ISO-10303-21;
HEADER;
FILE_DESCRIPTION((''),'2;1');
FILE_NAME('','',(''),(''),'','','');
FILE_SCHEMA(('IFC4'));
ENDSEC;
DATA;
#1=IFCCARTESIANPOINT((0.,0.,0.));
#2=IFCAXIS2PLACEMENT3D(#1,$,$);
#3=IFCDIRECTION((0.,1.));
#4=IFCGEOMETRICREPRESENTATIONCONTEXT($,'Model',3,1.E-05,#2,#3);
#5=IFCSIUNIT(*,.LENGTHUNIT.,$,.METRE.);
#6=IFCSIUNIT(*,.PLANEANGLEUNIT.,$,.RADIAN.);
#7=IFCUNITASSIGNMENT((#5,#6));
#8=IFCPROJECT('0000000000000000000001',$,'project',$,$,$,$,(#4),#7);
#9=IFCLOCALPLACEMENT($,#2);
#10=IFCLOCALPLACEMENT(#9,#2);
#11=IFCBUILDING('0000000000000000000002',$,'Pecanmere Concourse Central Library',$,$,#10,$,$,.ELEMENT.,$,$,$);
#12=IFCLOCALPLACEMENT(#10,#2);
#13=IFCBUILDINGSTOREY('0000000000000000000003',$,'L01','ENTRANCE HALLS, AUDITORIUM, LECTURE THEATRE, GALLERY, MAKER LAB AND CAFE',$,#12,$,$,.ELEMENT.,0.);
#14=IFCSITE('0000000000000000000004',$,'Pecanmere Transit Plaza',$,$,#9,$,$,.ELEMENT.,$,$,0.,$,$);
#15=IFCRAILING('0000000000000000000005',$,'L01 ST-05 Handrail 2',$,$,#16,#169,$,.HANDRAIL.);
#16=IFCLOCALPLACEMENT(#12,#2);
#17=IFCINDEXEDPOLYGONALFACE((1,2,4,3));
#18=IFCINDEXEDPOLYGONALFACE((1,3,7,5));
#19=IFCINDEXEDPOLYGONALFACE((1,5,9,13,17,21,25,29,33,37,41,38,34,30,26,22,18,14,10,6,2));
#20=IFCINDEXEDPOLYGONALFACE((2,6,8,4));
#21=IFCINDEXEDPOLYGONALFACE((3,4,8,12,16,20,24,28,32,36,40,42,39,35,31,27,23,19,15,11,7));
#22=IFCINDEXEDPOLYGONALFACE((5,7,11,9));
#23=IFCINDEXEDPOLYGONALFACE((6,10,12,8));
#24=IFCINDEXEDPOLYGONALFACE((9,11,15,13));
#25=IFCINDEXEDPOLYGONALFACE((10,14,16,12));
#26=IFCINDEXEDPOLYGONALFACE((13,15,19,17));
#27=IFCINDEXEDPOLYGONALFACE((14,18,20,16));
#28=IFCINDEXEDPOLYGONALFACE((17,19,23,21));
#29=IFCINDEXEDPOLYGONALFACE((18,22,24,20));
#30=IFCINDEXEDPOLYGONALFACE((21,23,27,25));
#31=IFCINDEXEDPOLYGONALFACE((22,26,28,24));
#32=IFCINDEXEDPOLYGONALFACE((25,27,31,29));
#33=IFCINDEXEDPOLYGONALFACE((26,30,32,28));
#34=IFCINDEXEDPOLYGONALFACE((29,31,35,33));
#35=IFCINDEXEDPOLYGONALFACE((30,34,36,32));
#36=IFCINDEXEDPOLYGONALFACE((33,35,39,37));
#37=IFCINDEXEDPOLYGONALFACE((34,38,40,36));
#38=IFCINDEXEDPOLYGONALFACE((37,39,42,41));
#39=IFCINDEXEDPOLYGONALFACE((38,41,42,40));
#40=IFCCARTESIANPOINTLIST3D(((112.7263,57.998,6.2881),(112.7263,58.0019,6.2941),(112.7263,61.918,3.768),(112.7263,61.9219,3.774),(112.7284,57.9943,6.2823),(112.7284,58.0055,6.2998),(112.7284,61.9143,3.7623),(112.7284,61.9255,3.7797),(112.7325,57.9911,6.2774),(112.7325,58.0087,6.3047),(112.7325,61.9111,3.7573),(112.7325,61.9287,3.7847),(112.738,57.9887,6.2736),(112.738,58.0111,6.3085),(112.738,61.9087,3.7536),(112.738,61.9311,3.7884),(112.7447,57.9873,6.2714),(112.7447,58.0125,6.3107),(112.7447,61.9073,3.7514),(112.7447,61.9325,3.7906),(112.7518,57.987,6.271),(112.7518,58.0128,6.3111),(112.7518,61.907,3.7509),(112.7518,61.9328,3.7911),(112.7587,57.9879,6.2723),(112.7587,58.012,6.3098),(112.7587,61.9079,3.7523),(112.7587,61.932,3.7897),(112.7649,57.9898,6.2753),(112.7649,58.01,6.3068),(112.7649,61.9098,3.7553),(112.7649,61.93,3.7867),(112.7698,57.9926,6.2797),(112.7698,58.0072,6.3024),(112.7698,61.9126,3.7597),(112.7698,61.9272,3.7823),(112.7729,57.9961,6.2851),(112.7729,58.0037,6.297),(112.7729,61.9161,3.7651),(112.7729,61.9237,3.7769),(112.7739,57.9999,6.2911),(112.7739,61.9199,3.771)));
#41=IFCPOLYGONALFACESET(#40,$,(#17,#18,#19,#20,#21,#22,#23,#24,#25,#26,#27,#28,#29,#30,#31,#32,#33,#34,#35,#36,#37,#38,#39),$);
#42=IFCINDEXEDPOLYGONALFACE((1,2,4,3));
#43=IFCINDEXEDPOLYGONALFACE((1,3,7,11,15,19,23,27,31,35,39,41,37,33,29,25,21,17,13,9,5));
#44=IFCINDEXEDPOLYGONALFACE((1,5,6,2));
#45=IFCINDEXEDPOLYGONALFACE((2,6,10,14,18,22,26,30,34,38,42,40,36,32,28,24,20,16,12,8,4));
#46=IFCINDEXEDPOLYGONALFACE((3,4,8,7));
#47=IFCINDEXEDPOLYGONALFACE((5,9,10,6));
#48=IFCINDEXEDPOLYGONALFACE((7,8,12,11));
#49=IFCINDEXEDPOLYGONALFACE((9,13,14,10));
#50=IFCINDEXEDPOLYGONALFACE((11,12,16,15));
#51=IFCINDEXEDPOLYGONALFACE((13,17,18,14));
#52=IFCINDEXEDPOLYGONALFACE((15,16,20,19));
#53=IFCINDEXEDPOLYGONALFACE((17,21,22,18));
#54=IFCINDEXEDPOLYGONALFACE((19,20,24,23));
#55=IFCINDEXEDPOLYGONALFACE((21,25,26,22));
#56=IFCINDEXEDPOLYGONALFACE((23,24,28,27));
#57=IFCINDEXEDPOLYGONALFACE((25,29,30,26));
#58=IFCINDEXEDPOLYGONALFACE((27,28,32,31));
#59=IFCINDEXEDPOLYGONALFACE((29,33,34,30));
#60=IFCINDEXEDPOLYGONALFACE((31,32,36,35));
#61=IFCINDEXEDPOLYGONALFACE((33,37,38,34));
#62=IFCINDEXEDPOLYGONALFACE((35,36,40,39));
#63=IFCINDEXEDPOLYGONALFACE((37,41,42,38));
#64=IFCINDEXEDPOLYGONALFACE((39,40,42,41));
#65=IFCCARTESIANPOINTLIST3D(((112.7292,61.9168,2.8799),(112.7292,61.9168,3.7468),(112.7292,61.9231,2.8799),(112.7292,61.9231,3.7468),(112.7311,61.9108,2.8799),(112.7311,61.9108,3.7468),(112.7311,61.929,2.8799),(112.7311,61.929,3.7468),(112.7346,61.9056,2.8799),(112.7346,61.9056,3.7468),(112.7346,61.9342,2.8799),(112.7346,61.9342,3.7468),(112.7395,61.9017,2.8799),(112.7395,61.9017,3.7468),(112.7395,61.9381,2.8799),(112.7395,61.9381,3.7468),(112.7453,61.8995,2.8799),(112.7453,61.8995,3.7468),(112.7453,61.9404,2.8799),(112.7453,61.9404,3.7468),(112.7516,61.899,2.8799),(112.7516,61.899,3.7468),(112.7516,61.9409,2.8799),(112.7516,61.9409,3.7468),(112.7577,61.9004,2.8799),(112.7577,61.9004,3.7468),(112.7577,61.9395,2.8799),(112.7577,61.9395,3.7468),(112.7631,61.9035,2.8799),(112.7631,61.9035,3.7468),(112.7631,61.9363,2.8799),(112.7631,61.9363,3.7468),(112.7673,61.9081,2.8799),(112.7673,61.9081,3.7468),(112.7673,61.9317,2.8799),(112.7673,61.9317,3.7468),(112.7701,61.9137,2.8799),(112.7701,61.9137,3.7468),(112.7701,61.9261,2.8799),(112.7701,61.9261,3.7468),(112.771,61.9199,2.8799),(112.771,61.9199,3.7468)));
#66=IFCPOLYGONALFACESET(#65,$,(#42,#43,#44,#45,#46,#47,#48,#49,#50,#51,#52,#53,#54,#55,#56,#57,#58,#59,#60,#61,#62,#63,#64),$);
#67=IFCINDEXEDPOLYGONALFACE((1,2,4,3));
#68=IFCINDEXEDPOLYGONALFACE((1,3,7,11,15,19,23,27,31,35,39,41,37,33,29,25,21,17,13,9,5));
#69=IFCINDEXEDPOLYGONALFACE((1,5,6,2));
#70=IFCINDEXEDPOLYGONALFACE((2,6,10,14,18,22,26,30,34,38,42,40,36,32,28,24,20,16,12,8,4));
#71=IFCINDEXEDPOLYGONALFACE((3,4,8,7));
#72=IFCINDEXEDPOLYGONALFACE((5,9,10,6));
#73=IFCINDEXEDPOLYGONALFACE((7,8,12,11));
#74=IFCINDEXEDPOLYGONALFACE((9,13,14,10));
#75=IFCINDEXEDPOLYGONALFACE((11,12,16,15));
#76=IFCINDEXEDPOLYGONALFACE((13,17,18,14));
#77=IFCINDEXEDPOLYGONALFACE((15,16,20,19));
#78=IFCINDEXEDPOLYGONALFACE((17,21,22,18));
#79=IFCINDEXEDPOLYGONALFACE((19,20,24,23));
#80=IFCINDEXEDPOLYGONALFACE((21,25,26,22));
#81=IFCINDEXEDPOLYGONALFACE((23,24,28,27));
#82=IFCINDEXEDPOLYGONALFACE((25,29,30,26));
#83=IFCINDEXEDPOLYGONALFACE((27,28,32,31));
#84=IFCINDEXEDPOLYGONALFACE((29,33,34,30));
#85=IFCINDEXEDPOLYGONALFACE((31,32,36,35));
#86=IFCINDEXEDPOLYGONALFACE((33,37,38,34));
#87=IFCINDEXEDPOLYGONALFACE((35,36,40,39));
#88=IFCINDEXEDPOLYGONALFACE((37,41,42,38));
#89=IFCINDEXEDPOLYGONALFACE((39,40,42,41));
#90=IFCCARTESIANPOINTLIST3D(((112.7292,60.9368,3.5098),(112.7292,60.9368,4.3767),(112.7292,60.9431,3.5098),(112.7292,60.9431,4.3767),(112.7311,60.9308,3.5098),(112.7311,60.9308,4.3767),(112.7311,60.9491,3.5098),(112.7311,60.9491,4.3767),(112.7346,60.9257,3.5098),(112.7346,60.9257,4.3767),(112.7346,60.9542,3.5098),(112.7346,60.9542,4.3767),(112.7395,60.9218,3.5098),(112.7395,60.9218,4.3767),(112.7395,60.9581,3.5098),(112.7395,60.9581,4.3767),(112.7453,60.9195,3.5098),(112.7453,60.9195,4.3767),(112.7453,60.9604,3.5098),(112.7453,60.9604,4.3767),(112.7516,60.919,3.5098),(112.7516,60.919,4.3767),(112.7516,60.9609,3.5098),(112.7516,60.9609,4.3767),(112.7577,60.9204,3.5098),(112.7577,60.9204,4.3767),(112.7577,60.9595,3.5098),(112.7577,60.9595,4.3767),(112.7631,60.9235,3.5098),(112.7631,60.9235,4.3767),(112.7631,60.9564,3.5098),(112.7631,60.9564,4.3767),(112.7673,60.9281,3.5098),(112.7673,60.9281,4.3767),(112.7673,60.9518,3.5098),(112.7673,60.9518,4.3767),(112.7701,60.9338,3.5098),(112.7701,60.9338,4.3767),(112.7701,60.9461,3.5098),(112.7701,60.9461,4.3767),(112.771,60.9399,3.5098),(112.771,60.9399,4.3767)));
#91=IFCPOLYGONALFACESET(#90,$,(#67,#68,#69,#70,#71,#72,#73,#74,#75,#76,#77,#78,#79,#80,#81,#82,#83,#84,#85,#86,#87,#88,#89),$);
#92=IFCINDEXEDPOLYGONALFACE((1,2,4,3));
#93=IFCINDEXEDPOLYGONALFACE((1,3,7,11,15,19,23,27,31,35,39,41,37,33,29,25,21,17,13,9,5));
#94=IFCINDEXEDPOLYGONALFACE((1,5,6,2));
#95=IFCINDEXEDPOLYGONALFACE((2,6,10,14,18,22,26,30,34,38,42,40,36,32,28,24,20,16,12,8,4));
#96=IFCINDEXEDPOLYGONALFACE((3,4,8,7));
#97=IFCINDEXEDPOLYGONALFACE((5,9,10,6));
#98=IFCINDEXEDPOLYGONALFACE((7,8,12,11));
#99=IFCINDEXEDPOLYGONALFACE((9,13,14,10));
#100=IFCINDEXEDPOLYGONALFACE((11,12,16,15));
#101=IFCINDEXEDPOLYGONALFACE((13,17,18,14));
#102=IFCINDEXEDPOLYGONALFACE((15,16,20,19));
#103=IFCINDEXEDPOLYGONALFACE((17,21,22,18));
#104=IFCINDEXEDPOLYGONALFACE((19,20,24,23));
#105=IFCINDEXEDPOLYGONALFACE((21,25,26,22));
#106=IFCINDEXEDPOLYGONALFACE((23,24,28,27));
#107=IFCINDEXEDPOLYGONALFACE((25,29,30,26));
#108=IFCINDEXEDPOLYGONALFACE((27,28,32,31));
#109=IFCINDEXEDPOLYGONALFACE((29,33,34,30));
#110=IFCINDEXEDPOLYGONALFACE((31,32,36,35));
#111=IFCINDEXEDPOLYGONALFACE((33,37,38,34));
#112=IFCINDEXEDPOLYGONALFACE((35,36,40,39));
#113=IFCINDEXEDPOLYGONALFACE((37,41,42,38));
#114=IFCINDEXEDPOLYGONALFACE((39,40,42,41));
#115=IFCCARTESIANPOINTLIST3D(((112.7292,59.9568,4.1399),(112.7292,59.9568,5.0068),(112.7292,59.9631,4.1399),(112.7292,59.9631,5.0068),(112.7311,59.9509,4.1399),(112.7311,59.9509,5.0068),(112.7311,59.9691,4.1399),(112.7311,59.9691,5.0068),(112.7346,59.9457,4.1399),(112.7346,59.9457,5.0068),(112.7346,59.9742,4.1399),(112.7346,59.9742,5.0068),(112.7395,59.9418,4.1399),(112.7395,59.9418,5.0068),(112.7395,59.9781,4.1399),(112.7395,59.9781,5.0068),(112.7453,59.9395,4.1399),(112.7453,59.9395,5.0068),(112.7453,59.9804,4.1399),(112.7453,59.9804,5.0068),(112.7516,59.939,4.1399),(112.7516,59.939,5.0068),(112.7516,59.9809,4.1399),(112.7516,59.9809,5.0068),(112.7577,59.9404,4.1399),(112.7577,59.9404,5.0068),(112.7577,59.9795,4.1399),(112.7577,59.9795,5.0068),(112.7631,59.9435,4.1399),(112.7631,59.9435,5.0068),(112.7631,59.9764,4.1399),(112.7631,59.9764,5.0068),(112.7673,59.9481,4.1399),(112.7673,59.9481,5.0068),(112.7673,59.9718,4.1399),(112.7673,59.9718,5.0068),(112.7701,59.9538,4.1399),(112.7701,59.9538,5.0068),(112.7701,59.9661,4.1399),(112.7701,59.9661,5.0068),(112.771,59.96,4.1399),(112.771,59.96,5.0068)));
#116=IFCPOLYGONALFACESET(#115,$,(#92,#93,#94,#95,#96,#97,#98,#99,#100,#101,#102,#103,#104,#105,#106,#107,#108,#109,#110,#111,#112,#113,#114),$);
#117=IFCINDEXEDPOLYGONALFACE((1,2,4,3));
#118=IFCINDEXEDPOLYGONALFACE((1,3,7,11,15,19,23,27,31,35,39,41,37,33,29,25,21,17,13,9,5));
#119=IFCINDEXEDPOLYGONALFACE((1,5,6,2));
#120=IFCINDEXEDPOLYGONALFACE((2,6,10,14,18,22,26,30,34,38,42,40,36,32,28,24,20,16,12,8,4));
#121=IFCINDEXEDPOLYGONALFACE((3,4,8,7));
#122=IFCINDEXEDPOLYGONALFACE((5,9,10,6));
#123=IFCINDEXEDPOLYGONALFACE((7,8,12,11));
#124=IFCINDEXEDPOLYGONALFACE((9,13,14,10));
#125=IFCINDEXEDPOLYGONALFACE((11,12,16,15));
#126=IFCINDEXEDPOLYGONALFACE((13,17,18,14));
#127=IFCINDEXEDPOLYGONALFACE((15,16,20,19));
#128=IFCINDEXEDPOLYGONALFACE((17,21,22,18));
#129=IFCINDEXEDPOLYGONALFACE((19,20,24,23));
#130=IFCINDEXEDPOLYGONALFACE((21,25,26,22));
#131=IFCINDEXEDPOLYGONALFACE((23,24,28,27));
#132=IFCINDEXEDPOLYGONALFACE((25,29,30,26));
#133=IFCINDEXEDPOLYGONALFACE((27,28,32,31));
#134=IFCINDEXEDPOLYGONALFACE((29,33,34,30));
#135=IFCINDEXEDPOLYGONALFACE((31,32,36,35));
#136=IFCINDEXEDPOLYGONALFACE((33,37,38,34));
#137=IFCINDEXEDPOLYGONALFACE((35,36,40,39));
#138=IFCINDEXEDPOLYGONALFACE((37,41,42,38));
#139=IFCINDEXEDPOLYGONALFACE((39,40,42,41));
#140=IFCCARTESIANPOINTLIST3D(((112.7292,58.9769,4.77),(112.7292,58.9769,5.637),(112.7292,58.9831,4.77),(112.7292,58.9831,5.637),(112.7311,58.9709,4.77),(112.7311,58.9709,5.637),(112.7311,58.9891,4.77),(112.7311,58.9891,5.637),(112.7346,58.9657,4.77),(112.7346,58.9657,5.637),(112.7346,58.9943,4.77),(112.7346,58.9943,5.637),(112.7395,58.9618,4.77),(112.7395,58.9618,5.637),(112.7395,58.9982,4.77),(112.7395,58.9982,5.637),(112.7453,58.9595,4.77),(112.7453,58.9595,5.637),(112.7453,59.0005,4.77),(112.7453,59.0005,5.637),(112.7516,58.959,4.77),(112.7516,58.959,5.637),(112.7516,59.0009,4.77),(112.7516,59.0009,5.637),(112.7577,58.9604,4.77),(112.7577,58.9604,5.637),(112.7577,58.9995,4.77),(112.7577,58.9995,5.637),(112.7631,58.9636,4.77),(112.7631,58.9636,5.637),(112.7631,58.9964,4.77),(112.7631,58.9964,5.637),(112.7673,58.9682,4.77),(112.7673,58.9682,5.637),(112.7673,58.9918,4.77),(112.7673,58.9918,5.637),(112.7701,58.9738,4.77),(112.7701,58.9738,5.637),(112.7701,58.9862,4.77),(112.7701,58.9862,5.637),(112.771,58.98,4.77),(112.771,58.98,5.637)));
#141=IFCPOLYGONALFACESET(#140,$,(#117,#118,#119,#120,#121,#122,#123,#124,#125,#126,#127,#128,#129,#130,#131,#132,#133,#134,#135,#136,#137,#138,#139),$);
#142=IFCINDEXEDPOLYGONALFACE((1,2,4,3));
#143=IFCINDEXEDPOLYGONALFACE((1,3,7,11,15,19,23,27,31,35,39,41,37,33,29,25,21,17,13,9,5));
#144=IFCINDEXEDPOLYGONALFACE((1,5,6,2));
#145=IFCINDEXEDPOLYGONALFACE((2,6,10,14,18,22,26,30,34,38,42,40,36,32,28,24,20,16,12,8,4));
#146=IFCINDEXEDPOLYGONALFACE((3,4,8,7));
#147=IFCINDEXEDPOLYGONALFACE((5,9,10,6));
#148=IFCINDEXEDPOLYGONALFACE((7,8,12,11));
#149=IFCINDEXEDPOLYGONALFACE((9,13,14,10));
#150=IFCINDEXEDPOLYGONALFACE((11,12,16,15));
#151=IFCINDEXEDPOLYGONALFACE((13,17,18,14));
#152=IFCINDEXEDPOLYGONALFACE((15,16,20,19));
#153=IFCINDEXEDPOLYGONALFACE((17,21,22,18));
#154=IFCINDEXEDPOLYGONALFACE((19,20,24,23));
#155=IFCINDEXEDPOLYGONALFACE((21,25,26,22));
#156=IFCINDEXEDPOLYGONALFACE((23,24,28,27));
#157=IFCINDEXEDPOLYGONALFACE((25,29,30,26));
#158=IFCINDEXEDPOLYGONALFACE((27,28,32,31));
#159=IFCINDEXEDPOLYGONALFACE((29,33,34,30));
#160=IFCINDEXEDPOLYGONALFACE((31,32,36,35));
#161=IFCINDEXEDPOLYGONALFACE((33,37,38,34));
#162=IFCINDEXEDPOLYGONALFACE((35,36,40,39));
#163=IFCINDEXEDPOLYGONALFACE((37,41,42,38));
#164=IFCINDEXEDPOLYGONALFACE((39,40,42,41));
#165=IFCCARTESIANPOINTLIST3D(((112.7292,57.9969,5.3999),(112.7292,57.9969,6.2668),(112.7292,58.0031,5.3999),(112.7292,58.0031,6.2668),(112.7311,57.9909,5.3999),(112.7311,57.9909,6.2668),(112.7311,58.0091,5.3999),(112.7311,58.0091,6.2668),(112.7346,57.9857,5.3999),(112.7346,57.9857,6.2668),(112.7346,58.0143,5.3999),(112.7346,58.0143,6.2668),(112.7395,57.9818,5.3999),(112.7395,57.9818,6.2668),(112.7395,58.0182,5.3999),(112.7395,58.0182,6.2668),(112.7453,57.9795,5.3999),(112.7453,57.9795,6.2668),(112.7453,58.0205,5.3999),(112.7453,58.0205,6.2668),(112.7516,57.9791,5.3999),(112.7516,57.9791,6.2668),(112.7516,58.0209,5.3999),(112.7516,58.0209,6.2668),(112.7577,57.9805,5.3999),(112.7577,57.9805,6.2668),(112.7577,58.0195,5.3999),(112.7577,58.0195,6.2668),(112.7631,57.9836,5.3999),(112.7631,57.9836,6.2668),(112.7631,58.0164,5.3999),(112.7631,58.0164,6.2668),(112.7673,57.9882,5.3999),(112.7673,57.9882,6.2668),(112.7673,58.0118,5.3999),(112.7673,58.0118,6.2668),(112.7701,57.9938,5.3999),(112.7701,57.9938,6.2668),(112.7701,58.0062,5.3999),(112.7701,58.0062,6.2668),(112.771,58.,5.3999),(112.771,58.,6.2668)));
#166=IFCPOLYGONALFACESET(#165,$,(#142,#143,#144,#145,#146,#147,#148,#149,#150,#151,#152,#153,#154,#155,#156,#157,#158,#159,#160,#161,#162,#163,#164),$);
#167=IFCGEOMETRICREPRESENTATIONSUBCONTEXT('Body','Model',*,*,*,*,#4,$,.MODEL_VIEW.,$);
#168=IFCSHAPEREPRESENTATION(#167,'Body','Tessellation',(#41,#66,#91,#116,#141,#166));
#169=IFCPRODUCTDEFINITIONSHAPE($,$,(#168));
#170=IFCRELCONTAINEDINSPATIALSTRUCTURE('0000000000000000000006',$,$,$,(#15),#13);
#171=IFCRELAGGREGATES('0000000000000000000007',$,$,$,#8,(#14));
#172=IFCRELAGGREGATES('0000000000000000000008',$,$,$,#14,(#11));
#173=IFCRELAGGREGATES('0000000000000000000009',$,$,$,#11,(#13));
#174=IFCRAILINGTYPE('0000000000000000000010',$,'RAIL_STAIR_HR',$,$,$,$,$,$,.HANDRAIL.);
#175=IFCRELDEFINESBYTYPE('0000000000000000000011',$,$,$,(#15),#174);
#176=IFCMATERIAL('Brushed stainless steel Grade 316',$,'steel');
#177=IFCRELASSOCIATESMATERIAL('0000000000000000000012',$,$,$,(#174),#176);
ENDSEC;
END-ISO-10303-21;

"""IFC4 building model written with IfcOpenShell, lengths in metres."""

from ifc_helpers import new_model, si_unit, direction, frame, origin, origin_2d, place, context, subcontext, project, spatial, circle, extrude, material, type_object, element, save


model = new_model("IFC4")

# Units and contexts
model_context = context("Model", 3, precision=1e-05, world=origin(), true_north=direction((0.0, 1.0)))
body_context = subcontext(model_context, "Body", "Model", "MODEL_VIEW")
ifc_project = project(units=[si_unit("LENGTHUNIT", "METRE"), si_unit("PLANEANGLEUNIT", "RADIAN")], contexts=[model_context])

# Site, building, storey
site_placement = place(None, origin())
site = spatial("IfcSite", under=ifc_project, at=site_placement, Name="Pecanmere Transit Plaza", CompositionType="ELEMENT", RefElevation=0.0)
building_placement = place(site_placement, origin())
building = spatial("IfcBuilding", under=site, at=building_placement, Name="Pecanmere Concourse Central Library", CompositionType="ELEMENT")
storey_placement = place(building_placement, origin())
storey = spatial("IfcBuildingStorey", under=building, at=storey_placement, Name="L01", Description="ENTRANCE HALLS, AUDITORIUM, LECTURE THEATRE, GALLERY, MAKER LAB AND CAFE", CompositionType="ELEMENT", Elevation=0.0)

# Railing
ifc_material_1 = material(Name="Brushed stainless steel Grade 316", Category="steel")
railing_type_1 = type_object("IfcRailingType", Name="RAIL_STAIR_HR", PredefinedType="HANDRAIL", material=ifc_material_1)
railing_1_placement = place(storey_placement, frame((112.75, 61.9199, 2.8799)))
element("IfcRailing", 1, at=railing_1_placement, inside=storey, type_object=railing_type_1, Name="L01 ST-05 Handrail 2", PredefinedType="HANDRAIL", context=body_context, shape_type="SweptSolid", body=[
    extrude(circle(Radius=0.0239, at=origin_2d()), frame((0.0, 0.0, 0.8911), z_axis=(0.0, -0.841172, 0.540768), x_axis=(1.0, 0.0, 0.0)), (0.0, 0.0, 1.0), 4.6602),
    extrude(circle(Radius=0.021, at=origin_2d()), origin(), (0.0, 0.0, 1.0), 0.8669),
    extrude(circle(Radius=0.021, at=origin_2d()), frame((0.0, -0.98, 0.6299)), (0.0, 0.0, 1.0), 0.8669),
    extrude(circle(Radius=0.021, at=origin_2d()), frame((0.0, -1.96, 1.26)), (0.0, 0.0, 1.0), 0.8669),
    extrude(circle(Radius=0.021, at=origin_2d()), frame((0.0, -2.9399, 1.8901)), (0.0, 0.0, 1.0), 0.8669),
    extrude(circle(Radius=0.021, at=origin_2d()), frame((0.0, -3.9199, 2.52)), (0.0, 0.0, 1.0), 0.8669),
])

save(model, "model.ifc")
